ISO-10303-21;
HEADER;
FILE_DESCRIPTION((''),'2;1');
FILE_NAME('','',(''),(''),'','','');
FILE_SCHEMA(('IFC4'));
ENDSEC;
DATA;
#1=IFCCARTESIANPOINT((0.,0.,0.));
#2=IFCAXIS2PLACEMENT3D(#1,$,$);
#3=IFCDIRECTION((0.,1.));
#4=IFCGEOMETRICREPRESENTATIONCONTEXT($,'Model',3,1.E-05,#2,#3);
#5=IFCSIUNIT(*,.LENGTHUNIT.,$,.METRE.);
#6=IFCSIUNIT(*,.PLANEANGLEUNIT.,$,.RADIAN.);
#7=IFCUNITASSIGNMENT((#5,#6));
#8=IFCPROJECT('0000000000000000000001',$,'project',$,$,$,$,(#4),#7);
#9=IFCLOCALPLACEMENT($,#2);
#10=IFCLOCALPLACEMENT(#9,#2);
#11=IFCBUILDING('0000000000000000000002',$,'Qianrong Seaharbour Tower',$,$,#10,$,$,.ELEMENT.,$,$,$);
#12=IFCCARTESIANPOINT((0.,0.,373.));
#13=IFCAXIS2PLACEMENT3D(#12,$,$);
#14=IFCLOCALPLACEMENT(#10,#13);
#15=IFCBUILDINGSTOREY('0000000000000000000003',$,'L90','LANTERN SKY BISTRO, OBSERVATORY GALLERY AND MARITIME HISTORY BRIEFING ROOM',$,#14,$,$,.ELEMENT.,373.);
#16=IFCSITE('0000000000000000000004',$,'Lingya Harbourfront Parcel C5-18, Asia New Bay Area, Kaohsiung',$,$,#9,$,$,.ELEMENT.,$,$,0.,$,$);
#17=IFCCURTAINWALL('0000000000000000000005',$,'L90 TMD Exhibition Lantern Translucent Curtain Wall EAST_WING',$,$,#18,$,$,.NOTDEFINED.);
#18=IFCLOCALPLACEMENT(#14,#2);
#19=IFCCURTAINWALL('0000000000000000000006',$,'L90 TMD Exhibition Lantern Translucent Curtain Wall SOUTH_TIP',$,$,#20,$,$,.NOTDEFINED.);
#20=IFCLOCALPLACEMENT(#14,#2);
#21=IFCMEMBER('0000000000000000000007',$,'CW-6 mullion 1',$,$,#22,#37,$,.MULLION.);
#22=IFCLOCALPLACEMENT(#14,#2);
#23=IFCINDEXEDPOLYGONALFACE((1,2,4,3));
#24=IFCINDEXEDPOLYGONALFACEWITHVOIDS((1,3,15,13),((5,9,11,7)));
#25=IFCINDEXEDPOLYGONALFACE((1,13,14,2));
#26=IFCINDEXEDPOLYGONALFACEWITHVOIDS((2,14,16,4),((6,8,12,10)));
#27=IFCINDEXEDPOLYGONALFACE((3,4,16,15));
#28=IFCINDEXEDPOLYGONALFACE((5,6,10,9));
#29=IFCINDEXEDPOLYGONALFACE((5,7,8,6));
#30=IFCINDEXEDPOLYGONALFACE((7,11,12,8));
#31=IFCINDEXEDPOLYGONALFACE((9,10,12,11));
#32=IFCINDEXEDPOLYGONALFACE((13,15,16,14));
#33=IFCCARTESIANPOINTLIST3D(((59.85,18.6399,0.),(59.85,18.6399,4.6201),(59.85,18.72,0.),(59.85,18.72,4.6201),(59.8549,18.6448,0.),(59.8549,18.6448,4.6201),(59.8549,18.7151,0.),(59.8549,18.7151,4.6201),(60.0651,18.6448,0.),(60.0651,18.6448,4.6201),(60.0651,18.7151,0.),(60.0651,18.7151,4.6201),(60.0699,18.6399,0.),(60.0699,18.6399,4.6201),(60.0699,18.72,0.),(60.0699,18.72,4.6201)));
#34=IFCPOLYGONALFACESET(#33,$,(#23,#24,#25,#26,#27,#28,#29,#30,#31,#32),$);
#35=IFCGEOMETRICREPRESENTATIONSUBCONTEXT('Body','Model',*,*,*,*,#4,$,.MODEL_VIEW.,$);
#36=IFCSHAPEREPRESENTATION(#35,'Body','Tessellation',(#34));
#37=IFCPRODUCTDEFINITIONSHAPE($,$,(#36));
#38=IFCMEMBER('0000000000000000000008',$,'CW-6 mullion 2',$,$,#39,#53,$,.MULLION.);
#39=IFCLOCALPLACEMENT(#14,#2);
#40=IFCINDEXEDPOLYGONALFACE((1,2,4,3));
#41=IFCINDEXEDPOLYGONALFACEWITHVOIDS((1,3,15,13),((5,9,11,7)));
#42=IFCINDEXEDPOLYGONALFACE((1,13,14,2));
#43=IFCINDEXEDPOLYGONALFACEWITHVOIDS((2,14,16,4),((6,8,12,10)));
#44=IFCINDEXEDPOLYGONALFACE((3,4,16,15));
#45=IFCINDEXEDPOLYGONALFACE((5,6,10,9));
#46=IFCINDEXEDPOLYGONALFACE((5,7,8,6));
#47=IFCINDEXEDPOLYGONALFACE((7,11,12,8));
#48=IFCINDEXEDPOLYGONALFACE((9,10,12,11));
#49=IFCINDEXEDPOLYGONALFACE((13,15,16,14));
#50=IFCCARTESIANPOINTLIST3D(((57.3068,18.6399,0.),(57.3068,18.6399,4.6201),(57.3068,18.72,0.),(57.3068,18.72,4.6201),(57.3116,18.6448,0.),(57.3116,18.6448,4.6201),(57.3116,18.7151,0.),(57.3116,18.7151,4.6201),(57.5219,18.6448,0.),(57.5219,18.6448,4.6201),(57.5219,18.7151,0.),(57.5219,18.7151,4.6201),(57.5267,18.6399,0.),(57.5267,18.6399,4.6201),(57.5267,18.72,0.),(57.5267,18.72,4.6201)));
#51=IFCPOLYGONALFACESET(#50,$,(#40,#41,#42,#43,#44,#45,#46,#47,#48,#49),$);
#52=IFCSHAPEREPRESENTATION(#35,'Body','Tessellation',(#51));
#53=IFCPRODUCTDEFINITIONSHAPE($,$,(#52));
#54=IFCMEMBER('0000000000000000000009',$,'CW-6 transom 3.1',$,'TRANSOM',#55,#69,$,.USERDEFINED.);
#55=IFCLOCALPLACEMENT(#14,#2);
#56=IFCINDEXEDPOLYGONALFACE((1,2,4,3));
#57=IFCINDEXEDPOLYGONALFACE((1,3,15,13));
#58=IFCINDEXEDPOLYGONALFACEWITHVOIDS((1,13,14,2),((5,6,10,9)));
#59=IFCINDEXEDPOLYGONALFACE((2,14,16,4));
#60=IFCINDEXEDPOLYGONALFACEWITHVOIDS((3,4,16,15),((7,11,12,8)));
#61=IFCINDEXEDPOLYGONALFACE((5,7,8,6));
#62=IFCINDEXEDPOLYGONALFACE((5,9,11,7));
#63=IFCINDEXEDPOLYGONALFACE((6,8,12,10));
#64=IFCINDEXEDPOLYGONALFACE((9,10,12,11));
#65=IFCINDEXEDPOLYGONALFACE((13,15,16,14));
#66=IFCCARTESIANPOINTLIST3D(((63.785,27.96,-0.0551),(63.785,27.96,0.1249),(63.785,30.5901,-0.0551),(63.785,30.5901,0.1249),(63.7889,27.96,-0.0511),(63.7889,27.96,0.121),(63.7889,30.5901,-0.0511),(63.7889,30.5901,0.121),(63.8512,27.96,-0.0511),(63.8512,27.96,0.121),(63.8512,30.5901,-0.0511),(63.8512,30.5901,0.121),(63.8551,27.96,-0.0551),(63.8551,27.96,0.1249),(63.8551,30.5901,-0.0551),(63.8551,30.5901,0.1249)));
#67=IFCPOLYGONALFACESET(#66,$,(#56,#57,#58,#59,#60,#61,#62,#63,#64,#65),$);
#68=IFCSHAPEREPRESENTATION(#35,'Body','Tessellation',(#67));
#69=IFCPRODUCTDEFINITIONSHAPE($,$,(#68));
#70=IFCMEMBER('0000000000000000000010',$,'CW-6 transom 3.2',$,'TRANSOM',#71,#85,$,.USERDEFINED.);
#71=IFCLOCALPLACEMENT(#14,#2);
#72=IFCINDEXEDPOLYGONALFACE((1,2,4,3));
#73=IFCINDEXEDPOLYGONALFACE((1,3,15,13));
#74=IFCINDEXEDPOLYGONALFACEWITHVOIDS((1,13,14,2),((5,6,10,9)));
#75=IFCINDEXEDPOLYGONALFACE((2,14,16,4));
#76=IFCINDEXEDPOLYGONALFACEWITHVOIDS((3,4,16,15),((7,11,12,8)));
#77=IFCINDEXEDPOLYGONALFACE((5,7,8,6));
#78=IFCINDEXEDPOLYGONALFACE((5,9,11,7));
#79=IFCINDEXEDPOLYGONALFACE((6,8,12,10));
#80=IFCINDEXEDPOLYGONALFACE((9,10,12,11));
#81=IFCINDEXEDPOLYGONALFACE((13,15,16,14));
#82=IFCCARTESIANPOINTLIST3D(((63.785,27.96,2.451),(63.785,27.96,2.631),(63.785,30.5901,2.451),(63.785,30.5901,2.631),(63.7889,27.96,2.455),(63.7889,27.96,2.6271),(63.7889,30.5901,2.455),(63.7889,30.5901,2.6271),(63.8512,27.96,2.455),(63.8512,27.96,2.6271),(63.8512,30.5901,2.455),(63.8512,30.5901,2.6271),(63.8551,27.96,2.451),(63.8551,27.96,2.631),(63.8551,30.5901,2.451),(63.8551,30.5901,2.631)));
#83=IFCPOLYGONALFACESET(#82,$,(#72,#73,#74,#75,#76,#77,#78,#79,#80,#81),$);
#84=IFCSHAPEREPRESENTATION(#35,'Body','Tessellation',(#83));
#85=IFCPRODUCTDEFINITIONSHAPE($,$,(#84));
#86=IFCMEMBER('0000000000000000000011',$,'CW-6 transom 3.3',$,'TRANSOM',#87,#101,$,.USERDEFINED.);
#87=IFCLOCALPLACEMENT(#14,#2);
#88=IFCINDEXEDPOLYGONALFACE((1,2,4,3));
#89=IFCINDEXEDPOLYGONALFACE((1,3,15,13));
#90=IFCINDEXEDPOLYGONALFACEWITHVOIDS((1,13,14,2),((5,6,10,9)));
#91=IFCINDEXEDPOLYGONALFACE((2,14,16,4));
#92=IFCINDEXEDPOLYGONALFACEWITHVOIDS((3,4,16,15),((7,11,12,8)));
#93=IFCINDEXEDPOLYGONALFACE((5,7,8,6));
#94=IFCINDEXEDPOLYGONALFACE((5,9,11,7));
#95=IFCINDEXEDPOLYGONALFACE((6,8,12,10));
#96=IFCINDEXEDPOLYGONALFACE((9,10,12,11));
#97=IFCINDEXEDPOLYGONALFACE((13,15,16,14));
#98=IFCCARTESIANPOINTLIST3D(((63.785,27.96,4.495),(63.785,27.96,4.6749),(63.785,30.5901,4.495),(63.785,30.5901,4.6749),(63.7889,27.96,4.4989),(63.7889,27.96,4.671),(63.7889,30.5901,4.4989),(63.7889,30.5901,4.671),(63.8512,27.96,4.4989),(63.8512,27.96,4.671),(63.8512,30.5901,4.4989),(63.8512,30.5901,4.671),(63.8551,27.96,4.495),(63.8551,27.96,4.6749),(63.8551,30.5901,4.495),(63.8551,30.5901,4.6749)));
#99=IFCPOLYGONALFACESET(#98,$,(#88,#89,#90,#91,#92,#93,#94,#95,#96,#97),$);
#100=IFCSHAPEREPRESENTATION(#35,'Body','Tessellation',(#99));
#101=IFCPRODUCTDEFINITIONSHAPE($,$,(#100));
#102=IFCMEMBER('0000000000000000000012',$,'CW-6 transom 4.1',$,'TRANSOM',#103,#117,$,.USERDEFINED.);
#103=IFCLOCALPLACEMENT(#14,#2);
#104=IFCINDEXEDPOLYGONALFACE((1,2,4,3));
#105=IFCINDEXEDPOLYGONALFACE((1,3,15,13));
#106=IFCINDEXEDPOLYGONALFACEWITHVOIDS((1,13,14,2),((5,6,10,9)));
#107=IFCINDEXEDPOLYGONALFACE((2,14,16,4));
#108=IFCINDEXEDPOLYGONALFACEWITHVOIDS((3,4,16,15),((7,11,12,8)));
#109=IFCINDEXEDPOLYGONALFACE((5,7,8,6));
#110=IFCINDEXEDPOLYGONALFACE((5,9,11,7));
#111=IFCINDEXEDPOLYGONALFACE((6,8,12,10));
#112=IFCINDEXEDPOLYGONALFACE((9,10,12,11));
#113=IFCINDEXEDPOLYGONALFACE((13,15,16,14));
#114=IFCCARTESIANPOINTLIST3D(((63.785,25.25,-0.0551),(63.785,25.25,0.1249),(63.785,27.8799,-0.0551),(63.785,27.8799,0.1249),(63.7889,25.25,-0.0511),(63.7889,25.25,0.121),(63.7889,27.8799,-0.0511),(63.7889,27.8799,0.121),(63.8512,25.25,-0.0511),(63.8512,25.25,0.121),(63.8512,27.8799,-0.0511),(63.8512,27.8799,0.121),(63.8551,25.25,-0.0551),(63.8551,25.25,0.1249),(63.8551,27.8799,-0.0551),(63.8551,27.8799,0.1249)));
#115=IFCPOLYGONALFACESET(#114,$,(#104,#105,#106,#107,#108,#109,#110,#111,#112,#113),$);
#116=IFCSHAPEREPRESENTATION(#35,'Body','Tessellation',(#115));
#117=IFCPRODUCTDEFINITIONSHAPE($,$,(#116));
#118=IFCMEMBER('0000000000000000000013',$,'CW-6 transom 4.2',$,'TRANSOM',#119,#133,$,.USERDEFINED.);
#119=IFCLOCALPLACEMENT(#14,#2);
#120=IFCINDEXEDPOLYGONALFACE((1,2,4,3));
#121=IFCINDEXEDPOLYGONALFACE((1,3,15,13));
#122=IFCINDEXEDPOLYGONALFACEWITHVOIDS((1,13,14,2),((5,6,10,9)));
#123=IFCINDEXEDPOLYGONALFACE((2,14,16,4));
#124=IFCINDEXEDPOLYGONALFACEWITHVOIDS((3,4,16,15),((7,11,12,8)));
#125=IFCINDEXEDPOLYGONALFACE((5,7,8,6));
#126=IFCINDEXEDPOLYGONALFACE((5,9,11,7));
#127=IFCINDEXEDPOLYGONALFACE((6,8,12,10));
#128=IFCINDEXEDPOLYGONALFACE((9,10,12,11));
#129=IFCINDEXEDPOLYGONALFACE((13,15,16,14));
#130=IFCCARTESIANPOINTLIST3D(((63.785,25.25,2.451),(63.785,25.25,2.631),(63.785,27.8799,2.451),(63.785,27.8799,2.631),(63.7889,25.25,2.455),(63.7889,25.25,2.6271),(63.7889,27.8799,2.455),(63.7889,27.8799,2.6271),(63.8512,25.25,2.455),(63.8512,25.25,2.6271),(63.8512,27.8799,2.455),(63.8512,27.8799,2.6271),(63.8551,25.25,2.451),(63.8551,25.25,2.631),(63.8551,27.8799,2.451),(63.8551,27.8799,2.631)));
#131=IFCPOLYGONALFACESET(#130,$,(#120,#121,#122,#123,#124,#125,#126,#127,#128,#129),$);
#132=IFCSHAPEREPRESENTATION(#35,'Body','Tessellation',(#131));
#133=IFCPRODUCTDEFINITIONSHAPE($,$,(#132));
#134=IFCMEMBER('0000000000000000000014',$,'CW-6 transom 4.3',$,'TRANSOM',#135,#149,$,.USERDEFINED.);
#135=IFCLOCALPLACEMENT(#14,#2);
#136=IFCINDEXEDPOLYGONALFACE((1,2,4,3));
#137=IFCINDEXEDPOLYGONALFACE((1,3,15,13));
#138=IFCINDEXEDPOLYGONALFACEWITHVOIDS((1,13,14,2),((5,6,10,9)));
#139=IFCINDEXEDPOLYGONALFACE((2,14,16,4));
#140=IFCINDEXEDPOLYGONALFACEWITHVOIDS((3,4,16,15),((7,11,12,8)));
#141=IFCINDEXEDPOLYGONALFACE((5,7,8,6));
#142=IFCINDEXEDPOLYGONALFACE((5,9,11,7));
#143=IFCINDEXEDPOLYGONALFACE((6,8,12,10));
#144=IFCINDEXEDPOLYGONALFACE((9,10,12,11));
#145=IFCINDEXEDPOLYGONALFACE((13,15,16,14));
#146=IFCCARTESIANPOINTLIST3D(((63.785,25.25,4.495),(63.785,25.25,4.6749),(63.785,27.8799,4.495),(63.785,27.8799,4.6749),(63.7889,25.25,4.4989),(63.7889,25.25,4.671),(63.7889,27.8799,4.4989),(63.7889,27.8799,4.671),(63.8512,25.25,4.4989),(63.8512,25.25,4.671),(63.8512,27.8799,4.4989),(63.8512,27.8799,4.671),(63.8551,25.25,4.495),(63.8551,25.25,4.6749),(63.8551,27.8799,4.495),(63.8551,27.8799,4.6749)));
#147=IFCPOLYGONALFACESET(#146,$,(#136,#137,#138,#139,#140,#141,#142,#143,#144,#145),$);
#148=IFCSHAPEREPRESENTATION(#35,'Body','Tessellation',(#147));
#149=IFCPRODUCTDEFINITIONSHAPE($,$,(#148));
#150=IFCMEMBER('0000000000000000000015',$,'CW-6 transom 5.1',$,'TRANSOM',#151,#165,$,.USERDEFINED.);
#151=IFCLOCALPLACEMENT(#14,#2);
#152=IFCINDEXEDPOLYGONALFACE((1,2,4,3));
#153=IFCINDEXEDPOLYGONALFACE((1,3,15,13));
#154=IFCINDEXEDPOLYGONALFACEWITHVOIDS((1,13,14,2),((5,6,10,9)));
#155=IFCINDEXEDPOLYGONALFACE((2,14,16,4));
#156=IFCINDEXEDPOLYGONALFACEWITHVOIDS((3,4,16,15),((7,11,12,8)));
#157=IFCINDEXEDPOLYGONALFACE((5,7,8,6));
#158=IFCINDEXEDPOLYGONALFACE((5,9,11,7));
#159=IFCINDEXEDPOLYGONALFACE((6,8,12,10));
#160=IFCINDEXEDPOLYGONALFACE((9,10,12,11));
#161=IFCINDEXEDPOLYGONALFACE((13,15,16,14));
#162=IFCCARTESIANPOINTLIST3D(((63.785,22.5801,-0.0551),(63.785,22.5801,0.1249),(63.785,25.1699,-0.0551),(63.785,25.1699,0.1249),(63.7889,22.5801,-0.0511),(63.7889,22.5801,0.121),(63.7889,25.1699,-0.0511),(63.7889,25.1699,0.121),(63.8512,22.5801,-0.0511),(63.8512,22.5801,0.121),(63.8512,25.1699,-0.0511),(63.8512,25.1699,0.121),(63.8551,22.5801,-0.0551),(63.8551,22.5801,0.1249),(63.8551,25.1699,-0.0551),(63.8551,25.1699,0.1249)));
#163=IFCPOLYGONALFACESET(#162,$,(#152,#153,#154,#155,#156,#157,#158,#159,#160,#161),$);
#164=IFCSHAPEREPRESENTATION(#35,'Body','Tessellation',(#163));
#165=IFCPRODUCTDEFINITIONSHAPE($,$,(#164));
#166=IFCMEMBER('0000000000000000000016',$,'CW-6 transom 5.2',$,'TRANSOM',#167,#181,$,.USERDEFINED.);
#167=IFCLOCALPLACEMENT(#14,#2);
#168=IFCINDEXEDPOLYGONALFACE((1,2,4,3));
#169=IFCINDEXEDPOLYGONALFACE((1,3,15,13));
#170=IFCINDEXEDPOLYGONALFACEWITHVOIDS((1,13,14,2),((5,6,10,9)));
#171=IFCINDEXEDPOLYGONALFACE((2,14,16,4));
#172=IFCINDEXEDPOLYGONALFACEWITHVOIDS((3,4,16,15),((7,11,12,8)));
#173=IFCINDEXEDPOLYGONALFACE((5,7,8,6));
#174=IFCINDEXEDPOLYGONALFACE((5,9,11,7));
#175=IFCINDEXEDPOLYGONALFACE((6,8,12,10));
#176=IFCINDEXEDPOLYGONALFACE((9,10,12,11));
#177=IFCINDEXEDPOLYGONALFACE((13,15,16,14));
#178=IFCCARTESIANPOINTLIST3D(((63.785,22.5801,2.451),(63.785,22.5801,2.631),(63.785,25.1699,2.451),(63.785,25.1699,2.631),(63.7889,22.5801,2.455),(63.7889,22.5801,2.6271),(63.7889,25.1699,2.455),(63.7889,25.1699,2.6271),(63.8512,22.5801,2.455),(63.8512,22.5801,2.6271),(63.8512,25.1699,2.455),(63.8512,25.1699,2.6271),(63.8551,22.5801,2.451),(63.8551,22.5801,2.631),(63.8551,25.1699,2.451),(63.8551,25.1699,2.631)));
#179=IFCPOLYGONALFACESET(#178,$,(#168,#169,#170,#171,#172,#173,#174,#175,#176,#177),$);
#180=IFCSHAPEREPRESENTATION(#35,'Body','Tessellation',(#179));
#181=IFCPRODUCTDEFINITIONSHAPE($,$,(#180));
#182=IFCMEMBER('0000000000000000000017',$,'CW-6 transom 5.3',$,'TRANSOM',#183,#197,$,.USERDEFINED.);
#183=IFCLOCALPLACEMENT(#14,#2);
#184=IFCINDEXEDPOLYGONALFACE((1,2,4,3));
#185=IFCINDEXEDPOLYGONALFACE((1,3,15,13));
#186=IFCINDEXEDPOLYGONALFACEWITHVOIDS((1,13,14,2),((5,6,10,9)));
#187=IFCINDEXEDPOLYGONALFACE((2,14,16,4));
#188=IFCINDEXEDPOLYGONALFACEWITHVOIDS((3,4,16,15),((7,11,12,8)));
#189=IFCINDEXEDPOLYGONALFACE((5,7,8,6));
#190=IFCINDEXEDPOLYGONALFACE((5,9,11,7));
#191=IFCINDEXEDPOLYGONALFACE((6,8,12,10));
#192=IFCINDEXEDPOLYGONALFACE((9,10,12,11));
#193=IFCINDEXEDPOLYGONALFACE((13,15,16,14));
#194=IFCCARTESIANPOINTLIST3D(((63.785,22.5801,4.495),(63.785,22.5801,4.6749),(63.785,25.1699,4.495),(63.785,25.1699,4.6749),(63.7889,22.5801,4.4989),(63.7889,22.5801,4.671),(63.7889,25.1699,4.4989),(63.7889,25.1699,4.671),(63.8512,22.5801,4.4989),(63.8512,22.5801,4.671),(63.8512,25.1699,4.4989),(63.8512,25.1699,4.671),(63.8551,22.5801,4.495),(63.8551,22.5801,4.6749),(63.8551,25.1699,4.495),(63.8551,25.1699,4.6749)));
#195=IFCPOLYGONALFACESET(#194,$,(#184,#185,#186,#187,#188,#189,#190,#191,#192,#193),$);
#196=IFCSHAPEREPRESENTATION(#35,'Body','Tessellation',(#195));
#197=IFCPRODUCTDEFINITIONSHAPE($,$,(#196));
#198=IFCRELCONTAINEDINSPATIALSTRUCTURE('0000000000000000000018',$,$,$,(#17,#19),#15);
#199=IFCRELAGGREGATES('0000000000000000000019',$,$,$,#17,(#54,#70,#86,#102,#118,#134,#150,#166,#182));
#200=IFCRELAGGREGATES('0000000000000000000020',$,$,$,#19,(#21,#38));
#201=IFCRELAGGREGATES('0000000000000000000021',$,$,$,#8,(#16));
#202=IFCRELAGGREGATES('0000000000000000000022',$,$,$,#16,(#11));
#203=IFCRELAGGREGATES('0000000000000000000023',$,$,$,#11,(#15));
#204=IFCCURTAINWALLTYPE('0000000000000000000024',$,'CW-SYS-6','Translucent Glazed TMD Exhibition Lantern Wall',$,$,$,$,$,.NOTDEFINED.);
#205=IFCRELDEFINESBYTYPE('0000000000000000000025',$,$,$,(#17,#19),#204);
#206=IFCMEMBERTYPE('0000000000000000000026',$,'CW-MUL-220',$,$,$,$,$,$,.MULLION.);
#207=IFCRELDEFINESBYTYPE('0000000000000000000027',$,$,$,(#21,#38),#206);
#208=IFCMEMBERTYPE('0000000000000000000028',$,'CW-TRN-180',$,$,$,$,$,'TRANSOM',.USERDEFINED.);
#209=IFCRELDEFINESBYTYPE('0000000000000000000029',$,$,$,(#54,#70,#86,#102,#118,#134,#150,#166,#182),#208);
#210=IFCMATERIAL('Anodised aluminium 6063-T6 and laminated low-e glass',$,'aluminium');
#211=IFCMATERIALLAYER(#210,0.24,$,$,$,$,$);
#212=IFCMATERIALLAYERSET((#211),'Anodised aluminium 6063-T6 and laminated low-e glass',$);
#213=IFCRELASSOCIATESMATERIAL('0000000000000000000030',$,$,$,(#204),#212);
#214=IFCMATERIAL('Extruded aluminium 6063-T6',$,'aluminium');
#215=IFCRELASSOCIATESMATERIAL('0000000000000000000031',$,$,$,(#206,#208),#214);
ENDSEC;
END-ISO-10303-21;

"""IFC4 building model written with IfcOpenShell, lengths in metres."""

from ifc_helpers import new_model, si_unit, direction, frame, origin, origin_2d, place, context, subcontext, project, spatial, hollow_rectangle, extrude, material, layer, layer_set, material_profile, profile_set, type_object, element, aggregate, save


model = new_model("IFC4")

# Units and contexts
model_context = context("Model", 3, precision=1e-05, world=origin(), true_north=direction((0.0, 1.0)))
body_context = subcontext(model_context, "Body", "Model", "MODEL_VIEW")
ifc_project = project(units=[si_unit("LENGTHUNIT", "METRE"), si_unit("PLANEANGLEUNIT", "RADIAN")], contexts=[model_context])

# Site, building, storey
site_placement = place(None, origin())
site = spatial("IfcSite", under=ifc_project, at=site_placement, Name="Lingya Harbourfront Parcel C5-18, Asia New Bay Area, Kaohsiung", CompositionType="ELEMENT", RefElevation=0.0)
building_placement = place(site_placement, origin())
building = spatial("IfcBuilding", under=site, at=building_placement, Name="Qianrong Seaharbour Tower", CompositionType="ELEMENT")
storey_placement = place(building_placement, frame((0.0, 0.0, 373.0)))
storey = spatial("IfcBuildingStorey", under=building, at=storey_placement, Name="L90", Description="LANTERN SKY BISTRO, OBSERVATORY GALLERY AND MARITIME HISTORY BRIEFING ROOM", CompositionType="ELEMENT", Elevation=373.0)

# Curtain walls, members
ifc_material_1 = material(Name="Anodised aluminium 6063-T6 and laminated low-e glass", Category="aluminium")
ifc_layer_1 = layer(ifc_material_1, 0.24)
ifc_layer_set_1 = layer_set([ifc_layer_1], Name="Anodised aluminium 6063-T6 and laminated low-e glass")
curtain_wall_type = type_object("IfcCurtainWallType", Name="CW-SYS-6", Description="Translucent Glazed TMD Exhibition Lantern Wall", PredefinedType="NOTDEFINED", material=ifc_layer_set_1)
curtain_wall_1_placement = place(storey_placement, origin())
curtain_wall_1 = element("IfcCurtainWall", 1, at=curtain_wall_1_placement, inside=storey, type_object=curtain_wall_type, Name="L90 TMD Exhibition Lantern Translucent Curtain Wall EAST_WING", PredefinedType="NOTDEFINED")
ifc_material_2 = material(Name="Extruded aluminium 6063-T6", Category="aluminium")
ifc_material_profile_1 = material_profile(ifc_material_2, hollow_rectangle(XDim=0.0801, YDim=0.22, WallThickness=0.0049, at=origin_2d()), Name="ALU-MUL-220x80x5")
ifc_profile_set_1 = profile_set([ifc_material_profile_1], Name="Extruded aluminium 6063-T6")
member_type_1 = type_object("IfcMemberType", Name="CW-MUL-220", PredefinedType="MULLION", material=ifc_profile_set_1)
curtain_wall_2_placement = place(storey_placement, origin())
curtain_wall_2 = element("IfcCurtainWall", 2, at=curtain_wall_2_placement, inside=storey, type_object=curtain_wall_type, Name="L90 TMD Exhibition Lantern Translucent Curtain Wall SOUTH_TIP", PredefinedType="NOTDEFINED")
member_1_placement = place(storey_placement, frame((59.96, 18.6799, 0.0), z_axis=(0.0, 0.0, 1.0), x_axis=(0.0, -1.0, 0.0)))
member_1 = element("IfcMember", 3, at=member_1_placement, type_object=member_type_1, Name="CW-6 mullion 1", PredefinedType="MULLION", context=body_context, shape_type="SweptSolid", body=[
    extrude(hollow_rectangle(XDim=0.0801, YDim=0.22, WallThickness=0.0049, at=origin_2d()), origin(), (0.0, 0.0, 1.0), 4.6201),
])
member_2_placement = place(storey_placement, frame((57.4167, 18.6799, 0.0), z_axis=(0.0, 0.0, 1.0), x_axis=(0.0, -1.0, 0.0)))
member_2 = element("IfcMember", 4, at=member_2_placement, type_object=member_type_1, Name="CW-6 mullion 2", PredefinedType="MULLION", context=body_context, shape_type="SweptSolid", body=[
    extrude(hollow_rectangle(XDim=0.0801, YDim=0.22, WallThickness=0.0049, at=origin_2d()), origin(), (0.0, 0.0, 1.0), 4.6201),
])

# Members
ifc_material_profile_2 = material_profile(ifc_material_2, hollow_rectangle(XDim=0.0701, YDim=0.1799, WallThickness=0.0039, at=origin_2d()), Name="ALU-TRN-180x70x4")
ifc_profile_set_2 = profile_set([ifc_material_profile_2], Name="Extruded aluminium 6063-T6")
member_type_2 = type_object("IfcMemberType", Name="CW-TRN-180", ElementType="TRANSOM", PredefinedType="USERDEFINED", material=ifc_profile_set_2)
member_3_placement = place(storey_placement, frame((63.8201, 30.5901, 0.0349), z_axis=(0.0, -1.0, 0.0), x_axis=(1.0, 0.0, 0.0)))
member_3 = element("IfcMember", 5, at=member_3_placement, type_object=member_type_2, Name="CW-6 transom 3.1", ObjectType="TRANSOM", PredefinedType="USERDEFINED", context=body_context, shape_type="SweptSolid", body=[
    extrude(hollow_rectangle(XDim=0.0701, YDim=0.1799, WallThickness=0.0039, at=origin_2d()), origin(), (0.0, 0.0, 1.0), 2.6301),
])
member_4_placement = place(storey_placement, frame((63.8201, 30.5901, 2.541), z_axis=(0.0, -1.0, 0.0), x_axis=(1.0, 0.0, 0.0)))
member_4 = element("IfcMember", 6, at=member_4_placement, type_object=member_type_2, Name="CW-6 transom 3.2", ObjectType="TRANSOM", PredefinedType="USERDEFINED", context=body_context, shape_type="SweptSolid", body=[
    extrude(hollow_rectangle(XDim=0.0701, YDim=0.1799, WallThickness=0.0039, at=origin_2d()), origin(), (0.0, 0.0, 1.0), 2.6301),
])
member_5_placement = place(storey_placement, frame((63.8201, 30.5901, 4.585), z_axis=(0.0, -1.0, 0.0), x_axis=(1.0, 0.0, 0.0)))
member_5 = element("IfcMember", 7, at=member_5_placement, type_object=member_type_2, Name="CW-6 transom 3.3", ObjectType="TRANSOM", PredefinedType="USERDEFINED", context=body_context, shape_type="SweptSolid", body=[
    extrude(hollow_rectangle(XDim=0.0701, YDim=0.1799, WallThickness=0.0039, at=origin_2d()), origin(), (0.0, 0.0, 1.0), 2.6301),
])
member_6_placement = place(storey_placement, frame((63.8201, 27.8799, 0.0349), z_axis=(0.0, -1.0, 0.0), x_axis=(1.0, 0.0, 0.0)))
member_6 = element("IfcMember", 8, at=member_6_placement, type_object=member_type_2, Name="CW-6 transom 4.1", ObjectType="TRANSOM", PredefinedType="USERDEFINED", context=body_context, shape_type="SweptSolid", body=[
    extrude(hollow_rectangle(XDim=0.0701, YDim=0.1799, WallThickness=0.0039, at=origin_2d()), origin(), (0.0, 0.0, 1.0), 2.6299),
])
member_7_placement = place(storey_placement, frame((63.8201, 27.8799, 2.541), z_axis=(0.0, -1.0, 0.0), x_axis=(1.0, 0.0, 0.0)))
member_7 = element("IfcMember", 9, at=member_7_placement, type_object=member_type_2, Name="CW-6 transom 4.2", ObjectType="TRANSOM", PredefinedType="USERDEFINED", context=body_context, shape_type="SweptSolid", body=[
    extrude(hollow_rectangle(XDim=0.0701, YDim=0.1799, WallThickness=0.0039, at=origin_2d()), origin(), (0.0, 0.0, 1.0), 2.6299),
])
member_8_placement = place(storey_placement, frame((63.8201, 27.8799, 4.585), z_axis=(0.0, -1.0, 0.0), x_axis=(1.0, 0.0, 0.0)))
member_8 = element("IfcMember", 10, at=member_8_placement, type_object=member_type_2, Name="CW-6 transom 4.3", ObjectType="TRANSOM", PredefinedType="USERDEFINED", context=body_context, shape_type="SweptSolid", body=[
    extrude(hollow_rectangle(XDim=0.0701, YDim=0.1799, WallThickness=0.0039, at=origin_2d()), origin(), (0.0, 0.0, 1.0), 2.6299),
])
member_9_placement = place(storey_placement, frame((63.8201, 25.1699, 0.0349), z_axis=(0.0, -1.0, 0.0), x_axis=(1.0, 0.0, 0.0)))
member_9 = element("IfcMember", 11, at=member_9_placement, type_object=member_type_2, Name="CW-6 transom 5.1", ObjectType="TRANSOM", PredefinedType="USERDEFINED", context=body_context, shape_type="SweptSolid", body=[
    extrude(hollow_rectangle(XDim=0.0701, YDim=0.1799, WallThickness=0.0039, at=origin_2d()), origin(), (0.0, 0.0, 1.0), 2.5898),
])
member_10_placement = place(storey_placement, frame((63.8201, 25.1699, 2.541), z_axis=(0.0, -1.0, 0.0), x_axis=(1.0, 0.0, 0.0)))
member_10 = element("IfcMember", 12, at=member_10_placement, type_object=member_type_2, Name="CW-6 transom 5.2", ObjectType="TRANSOM", PredefinedType="USERDEFINED", context=body_context, shape_type="SweptSolid", body=[
    extrude(hollow_rectangle(XDim=0.0701, YDim=0.1799, WallThickness=0.0039, at=origin_2d()), origin(), (0.0, 0.0, 1.0), 2.5898),
])
member_11_placement = place(storey_placement, frame((63.8201, 25.1699, 4.585), z_axis=(0.0, -1.0, 0.0), x_axis=(1.0, 0.0, 0.0)))
member_11 = element("IfcMember", 13, at=member_11_placement, type_object=member_type_2, Name="CW-6 transom 5.3", ObjectType="TRANSOM", PredefinedType="USERDEFINED", context=body_context, shape_type="SweptSolid", body=[
    extrude(hollow_rectangle(XDim=0.0701, YDim=0.1799, WallThickness=0.0039, at=origin_2d()), origin(), (0.0, 0.0, 1.0), 2.5898),
])

aggregate(curtain_wall_1, [member_3, member_4, member_5, member_6, member_7, member_8, member_9, member_10, member_11])
aggregate(curtain_wall_2, [member_1, member_2])

save(model, "model.ifc")
